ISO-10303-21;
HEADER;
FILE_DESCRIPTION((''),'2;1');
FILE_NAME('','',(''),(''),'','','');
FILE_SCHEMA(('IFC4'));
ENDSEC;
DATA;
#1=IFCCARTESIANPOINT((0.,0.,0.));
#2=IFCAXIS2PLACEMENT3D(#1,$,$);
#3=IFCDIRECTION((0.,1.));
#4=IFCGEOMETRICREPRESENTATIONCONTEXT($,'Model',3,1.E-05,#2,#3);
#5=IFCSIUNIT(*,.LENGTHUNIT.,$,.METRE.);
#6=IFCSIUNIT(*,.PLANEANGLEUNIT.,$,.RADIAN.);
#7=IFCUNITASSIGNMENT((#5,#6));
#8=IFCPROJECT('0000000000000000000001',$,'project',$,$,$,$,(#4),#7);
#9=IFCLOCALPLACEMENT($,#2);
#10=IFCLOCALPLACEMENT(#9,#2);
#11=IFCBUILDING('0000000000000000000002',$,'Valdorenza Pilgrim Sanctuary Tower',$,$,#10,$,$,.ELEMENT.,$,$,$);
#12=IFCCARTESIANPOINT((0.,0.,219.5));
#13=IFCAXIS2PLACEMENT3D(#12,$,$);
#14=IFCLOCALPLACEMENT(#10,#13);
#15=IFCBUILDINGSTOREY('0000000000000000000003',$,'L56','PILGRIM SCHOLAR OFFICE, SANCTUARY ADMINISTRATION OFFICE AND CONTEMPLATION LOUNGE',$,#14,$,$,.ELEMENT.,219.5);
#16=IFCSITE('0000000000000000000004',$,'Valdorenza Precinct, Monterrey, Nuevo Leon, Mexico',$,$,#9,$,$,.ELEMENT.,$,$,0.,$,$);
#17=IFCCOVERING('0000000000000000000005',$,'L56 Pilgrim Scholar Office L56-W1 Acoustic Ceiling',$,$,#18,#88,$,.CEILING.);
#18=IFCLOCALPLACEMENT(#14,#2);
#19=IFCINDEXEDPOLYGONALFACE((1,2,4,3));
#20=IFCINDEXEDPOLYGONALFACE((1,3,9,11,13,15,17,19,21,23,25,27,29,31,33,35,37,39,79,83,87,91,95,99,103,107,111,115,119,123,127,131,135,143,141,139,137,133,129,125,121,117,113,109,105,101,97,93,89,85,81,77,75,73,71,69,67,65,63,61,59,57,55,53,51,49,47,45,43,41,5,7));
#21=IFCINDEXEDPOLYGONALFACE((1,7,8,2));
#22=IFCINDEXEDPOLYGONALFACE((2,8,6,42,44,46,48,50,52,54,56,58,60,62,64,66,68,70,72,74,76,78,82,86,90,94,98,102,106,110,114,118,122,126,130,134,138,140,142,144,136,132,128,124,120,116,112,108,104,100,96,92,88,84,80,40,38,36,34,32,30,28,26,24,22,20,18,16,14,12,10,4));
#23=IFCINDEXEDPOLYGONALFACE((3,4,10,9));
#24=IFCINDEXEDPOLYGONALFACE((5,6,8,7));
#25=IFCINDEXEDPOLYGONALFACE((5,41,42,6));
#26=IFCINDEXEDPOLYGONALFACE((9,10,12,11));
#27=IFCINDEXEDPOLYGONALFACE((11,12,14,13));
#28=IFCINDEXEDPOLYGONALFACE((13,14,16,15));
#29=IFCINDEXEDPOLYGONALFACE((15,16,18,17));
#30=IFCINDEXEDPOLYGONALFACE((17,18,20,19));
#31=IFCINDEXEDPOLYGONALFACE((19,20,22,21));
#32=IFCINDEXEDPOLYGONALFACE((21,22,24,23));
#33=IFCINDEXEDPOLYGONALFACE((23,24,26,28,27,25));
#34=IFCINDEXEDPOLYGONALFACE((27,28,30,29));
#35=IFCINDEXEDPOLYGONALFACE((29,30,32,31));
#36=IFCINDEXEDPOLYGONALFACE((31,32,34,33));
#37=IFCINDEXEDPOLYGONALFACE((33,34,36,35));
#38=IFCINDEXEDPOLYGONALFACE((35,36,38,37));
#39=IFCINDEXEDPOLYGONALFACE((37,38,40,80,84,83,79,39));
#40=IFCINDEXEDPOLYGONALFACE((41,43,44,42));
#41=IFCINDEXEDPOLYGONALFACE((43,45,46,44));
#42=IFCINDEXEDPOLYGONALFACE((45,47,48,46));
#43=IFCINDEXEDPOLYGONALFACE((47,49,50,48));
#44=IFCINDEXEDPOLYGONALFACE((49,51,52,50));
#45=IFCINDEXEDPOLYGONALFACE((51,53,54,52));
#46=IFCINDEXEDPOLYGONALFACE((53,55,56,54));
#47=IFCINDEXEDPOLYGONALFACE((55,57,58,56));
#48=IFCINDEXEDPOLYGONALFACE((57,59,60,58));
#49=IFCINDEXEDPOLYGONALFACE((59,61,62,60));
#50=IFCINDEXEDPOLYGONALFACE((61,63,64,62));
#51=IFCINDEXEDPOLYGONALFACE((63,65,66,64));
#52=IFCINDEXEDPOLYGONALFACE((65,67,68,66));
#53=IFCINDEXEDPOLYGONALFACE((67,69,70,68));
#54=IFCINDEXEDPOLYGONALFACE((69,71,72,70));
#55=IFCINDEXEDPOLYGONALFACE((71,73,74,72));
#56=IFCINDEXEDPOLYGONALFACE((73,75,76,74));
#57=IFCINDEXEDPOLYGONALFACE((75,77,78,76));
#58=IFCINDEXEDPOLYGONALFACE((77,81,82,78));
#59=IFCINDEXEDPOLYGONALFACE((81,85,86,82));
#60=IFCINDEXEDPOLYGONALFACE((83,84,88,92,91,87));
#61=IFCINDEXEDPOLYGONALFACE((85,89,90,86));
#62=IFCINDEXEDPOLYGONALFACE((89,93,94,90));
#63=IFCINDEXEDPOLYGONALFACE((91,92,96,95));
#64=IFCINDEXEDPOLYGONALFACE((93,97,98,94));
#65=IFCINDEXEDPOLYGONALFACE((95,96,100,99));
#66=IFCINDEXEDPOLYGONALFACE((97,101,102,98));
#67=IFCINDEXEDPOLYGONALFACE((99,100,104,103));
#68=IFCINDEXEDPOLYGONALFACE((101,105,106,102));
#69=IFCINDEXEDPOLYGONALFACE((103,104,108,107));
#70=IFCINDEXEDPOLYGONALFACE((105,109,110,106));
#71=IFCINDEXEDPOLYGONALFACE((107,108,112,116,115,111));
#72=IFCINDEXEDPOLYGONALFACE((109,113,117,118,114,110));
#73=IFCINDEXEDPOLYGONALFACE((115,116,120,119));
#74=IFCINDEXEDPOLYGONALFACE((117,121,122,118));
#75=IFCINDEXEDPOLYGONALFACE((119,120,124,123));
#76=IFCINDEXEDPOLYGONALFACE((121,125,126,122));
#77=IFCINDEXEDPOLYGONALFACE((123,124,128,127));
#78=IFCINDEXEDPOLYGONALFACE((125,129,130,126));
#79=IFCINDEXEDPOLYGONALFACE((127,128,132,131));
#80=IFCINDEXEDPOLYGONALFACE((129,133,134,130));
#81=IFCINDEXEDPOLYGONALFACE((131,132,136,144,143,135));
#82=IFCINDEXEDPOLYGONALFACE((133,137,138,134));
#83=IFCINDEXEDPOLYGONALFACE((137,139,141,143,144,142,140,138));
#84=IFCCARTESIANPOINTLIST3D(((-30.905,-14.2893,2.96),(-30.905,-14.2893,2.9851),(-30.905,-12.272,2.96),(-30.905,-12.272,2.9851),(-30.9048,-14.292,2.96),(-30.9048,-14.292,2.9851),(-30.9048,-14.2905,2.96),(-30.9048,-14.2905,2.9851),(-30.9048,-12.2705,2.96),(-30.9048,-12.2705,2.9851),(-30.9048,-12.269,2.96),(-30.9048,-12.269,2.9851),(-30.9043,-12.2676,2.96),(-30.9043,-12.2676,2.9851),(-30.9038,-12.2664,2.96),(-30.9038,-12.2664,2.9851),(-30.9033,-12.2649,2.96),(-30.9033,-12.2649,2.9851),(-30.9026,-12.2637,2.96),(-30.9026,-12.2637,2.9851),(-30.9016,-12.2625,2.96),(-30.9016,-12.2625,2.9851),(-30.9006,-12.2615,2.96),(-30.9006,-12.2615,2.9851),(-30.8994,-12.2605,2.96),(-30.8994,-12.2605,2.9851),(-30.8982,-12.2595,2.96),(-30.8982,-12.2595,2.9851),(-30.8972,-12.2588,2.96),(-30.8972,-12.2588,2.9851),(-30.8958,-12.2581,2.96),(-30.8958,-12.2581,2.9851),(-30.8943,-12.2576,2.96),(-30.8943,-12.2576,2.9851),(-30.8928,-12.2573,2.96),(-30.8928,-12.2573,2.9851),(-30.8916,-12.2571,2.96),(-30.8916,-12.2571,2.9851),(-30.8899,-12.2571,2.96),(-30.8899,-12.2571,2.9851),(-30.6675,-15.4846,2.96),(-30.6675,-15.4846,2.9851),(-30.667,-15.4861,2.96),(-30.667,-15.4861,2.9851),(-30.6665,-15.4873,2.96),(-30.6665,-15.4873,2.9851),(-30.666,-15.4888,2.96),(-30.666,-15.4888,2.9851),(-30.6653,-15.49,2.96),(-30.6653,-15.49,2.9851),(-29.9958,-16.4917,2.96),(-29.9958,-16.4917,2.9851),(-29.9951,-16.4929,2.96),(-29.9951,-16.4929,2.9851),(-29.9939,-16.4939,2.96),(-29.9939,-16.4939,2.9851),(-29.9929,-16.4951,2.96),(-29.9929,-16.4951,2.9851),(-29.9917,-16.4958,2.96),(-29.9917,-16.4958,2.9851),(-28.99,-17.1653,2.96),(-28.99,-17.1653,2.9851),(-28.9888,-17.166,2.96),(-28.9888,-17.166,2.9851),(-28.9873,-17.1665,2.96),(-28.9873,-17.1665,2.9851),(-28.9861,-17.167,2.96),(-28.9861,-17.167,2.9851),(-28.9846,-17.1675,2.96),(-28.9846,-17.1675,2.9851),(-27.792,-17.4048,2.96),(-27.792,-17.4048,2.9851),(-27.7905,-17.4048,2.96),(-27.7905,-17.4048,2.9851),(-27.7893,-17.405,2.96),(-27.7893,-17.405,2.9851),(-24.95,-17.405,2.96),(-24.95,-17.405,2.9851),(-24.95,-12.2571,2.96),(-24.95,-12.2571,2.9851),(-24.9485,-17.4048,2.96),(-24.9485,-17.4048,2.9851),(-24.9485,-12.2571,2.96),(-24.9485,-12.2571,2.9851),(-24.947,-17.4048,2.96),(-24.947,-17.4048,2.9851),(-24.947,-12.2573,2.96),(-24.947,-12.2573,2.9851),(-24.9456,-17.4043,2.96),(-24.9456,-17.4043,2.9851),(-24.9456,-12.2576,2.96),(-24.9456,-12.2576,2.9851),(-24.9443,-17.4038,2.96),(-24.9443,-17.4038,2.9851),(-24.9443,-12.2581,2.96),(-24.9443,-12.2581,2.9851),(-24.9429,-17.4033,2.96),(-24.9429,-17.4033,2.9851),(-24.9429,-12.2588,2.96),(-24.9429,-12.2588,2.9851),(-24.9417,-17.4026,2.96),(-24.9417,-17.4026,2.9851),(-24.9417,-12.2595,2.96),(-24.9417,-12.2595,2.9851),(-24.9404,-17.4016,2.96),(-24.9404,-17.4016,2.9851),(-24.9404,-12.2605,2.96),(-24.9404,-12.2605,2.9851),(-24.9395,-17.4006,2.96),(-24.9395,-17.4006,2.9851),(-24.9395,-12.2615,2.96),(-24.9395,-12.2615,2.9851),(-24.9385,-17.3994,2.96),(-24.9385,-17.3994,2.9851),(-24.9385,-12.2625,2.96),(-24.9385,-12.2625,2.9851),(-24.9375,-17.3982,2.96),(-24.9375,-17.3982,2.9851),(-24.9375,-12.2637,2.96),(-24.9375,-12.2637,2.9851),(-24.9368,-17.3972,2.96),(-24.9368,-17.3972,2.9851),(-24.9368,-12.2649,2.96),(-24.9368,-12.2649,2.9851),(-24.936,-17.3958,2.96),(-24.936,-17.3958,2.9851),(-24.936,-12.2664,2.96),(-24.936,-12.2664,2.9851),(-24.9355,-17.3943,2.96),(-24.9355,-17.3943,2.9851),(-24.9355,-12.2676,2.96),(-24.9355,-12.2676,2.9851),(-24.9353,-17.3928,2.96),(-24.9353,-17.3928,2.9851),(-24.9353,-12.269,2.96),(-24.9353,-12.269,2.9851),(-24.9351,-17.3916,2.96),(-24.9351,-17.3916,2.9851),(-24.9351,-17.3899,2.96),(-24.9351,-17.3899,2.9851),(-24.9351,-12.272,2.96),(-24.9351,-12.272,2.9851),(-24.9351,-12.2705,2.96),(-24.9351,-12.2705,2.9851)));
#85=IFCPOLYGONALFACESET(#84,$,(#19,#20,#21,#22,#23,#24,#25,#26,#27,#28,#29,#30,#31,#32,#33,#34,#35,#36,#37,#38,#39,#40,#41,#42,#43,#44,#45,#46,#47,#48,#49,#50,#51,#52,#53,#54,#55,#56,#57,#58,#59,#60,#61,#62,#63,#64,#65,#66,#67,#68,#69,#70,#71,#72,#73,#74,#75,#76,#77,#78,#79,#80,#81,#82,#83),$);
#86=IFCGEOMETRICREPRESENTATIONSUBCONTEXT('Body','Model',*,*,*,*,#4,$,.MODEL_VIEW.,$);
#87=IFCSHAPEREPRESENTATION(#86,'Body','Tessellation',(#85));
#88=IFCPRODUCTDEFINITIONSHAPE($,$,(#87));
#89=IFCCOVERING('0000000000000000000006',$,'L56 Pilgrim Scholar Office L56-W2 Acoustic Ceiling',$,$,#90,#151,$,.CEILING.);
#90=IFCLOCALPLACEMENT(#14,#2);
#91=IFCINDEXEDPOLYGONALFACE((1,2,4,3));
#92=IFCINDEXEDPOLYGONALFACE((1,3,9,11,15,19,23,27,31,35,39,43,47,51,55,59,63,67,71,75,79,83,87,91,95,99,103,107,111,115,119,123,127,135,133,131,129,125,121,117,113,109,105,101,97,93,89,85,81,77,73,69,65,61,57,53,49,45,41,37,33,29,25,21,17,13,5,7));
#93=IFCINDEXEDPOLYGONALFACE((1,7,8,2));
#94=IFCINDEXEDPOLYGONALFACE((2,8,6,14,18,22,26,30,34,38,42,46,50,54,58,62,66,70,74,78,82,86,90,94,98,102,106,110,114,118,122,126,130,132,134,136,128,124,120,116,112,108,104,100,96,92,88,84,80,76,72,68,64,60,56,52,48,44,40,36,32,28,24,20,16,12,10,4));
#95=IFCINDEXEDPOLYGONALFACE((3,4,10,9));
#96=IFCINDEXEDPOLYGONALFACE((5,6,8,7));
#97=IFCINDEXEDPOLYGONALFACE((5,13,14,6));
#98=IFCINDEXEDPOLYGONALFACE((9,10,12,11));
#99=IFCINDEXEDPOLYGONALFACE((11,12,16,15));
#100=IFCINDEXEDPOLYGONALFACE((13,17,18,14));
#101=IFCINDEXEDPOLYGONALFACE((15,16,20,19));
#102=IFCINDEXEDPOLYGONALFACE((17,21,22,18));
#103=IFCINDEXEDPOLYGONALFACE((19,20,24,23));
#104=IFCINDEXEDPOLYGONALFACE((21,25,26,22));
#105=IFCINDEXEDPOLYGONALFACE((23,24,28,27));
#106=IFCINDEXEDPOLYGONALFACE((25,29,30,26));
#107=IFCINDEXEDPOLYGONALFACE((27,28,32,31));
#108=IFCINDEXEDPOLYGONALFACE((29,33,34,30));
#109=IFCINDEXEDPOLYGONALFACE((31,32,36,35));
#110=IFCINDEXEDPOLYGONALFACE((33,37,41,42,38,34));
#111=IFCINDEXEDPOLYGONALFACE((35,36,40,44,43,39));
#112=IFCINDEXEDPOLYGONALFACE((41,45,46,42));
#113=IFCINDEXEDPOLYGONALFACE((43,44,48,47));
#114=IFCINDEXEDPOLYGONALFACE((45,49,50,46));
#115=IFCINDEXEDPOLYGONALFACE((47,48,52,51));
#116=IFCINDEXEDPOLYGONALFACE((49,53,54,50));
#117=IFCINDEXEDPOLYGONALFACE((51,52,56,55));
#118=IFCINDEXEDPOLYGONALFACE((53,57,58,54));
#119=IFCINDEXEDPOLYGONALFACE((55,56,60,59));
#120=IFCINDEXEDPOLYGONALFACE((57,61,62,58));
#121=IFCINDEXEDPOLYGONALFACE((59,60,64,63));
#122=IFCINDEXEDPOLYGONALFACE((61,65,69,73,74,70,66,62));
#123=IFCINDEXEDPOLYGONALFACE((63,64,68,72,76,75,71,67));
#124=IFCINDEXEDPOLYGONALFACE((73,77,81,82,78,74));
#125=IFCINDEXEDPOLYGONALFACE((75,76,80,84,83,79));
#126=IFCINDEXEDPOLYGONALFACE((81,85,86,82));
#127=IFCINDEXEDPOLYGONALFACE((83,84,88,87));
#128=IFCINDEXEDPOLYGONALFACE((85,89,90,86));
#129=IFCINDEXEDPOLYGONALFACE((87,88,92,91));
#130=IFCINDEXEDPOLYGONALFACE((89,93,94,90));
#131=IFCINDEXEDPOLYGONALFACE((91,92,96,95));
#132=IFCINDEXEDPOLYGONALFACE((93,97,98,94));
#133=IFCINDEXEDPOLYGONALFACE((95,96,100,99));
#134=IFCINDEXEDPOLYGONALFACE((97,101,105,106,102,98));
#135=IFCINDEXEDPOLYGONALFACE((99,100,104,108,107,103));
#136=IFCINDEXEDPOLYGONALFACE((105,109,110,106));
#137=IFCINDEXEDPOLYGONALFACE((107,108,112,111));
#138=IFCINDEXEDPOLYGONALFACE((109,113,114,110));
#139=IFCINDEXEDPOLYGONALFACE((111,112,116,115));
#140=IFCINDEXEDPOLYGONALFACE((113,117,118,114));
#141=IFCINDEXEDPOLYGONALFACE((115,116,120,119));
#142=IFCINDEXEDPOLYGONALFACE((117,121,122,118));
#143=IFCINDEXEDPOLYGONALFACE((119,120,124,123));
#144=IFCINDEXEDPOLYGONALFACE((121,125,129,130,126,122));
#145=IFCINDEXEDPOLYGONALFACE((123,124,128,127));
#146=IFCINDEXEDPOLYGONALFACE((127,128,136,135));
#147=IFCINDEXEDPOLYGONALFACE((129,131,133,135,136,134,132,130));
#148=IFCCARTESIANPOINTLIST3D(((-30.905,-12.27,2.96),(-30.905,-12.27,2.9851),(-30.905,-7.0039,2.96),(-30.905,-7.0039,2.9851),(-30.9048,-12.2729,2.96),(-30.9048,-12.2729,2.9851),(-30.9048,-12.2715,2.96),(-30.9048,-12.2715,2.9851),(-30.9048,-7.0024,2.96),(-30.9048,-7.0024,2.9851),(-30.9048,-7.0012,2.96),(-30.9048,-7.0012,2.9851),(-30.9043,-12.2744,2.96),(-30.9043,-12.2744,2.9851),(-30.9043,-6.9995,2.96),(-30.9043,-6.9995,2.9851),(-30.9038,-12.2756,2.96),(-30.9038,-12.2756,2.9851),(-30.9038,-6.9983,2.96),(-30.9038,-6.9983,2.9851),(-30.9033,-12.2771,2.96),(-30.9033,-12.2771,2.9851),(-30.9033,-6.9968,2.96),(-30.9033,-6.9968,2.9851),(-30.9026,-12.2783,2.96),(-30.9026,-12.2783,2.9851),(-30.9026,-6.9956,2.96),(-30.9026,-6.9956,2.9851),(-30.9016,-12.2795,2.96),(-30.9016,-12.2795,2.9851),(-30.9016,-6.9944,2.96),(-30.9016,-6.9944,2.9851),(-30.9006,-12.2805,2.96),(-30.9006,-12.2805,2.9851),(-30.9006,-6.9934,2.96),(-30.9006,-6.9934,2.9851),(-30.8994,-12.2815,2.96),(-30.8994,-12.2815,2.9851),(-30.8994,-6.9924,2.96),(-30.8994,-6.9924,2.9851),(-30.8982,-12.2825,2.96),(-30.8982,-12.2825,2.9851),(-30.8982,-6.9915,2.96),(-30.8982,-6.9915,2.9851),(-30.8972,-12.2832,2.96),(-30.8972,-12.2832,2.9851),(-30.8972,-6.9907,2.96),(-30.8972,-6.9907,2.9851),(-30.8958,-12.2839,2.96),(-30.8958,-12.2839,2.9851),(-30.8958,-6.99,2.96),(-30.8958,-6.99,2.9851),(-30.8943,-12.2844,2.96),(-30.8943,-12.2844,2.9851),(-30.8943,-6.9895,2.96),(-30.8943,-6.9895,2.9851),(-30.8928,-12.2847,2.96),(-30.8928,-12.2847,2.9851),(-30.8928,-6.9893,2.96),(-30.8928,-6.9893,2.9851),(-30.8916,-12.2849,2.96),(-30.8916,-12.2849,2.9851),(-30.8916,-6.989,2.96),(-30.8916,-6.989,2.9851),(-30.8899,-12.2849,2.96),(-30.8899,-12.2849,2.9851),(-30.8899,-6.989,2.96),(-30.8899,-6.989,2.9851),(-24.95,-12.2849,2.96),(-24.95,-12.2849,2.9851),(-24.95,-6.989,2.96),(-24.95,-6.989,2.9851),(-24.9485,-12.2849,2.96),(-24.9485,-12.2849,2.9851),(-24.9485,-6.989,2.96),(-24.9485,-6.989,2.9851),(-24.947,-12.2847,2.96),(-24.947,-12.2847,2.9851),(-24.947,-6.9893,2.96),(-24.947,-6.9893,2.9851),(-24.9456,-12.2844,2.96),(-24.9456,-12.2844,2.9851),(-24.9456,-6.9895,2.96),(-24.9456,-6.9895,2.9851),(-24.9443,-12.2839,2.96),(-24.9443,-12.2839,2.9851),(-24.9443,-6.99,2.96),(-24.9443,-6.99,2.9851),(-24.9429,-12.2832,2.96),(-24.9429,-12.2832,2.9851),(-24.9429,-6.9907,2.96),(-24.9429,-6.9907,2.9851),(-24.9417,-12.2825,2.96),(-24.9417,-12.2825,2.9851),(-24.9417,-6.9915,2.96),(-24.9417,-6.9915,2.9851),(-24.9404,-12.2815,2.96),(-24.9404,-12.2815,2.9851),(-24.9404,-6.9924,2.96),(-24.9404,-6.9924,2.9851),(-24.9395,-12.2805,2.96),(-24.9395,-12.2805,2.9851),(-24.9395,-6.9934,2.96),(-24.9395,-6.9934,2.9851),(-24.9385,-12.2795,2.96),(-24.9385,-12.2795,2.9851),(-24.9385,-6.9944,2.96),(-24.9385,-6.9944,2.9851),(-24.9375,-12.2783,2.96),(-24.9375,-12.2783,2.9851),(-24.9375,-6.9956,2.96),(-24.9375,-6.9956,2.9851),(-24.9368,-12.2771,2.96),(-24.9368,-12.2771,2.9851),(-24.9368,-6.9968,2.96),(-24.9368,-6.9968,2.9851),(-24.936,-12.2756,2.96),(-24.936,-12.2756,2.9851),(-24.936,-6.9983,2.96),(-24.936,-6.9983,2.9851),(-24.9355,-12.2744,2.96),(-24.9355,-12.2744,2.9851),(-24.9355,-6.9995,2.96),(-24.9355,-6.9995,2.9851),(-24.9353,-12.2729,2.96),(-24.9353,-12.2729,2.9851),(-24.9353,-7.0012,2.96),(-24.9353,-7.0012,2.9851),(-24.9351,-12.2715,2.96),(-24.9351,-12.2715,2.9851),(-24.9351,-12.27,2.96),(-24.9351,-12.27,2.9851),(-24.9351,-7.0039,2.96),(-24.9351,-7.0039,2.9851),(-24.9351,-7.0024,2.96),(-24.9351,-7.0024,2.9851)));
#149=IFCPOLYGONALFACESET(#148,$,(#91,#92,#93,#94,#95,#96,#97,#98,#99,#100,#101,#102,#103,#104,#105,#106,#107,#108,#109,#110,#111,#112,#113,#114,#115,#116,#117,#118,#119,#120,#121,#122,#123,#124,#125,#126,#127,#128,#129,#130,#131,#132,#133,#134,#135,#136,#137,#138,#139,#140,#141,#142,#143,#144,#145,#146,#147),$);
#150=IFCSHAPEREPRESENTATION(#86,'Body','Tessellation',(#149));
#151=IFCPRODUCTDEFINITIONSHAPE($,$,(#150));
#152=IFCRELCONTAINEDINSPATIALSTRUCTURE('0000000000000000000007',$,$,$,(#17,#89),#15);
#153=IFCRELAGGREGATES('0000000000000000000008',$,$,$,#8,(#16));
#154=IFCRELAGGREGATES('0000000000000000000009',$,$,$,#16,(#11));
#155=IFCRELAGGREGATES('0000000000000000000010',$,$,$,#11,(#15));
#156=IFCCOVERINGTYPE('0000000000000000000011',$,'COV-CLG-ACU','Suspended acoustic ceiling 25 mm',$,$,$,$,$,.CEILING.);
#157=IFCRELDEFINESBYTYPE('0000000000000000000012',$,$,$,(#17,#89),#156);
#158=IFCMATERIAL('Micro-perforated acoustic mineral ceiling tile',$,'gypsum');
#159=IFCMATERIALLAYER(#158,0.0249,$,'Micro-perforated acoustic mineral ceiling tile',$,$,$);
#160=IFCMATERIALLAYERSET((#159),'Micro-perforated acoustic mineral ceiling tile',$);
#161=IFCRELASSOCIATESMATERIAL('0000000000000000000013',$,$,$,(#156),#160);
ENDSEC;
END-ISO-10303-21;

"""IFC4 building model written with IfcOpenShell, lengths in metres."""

from ifc_helpers import new_model, si_unit, direction, frame, origin, place, context, subcontext, project, spatial, polyline, outline, extrude, material, layer, layer_set, type_object, element, save


model = new_model("IFC4")

# Units and contexts
model_context = context("Model", 3, precision=1e-05, world=origin(), true_north=direction((0.0, 1.0)))
body_context = subcontext(model_context, "Body", "Model", "MODEL_VIEW")
ifc_project = project(units=[si_unit("LENGTHUNIT", "METRE"), si_unit("PLANEANGLEUNIT", "RADIAN")], contexts=[model_context])

# Site, building, storey
site_placement = place(None, origin())
site = spatial("IfcSite", under=ifc_project, at=site_placement, Name="Valdorenza Precinct, Monterrey, Nuevo Leon, Mexico", CompositionType="ELEMENT", RefElevation=0.0)
building_placement = place(site_placement, origin())
building = spatial("IfcBuilding", under=site, at=building_placement, Name="Valdorenza Pilgrim Sanctuary Tower", CompositionType="ELEMENT")
storey_placement = place(building_placement, frame((0.0, 0.0, 219.5)))
storey = spatial("IfcBuildingStorey", under=building, at=storey_placement, Name="L56", Description="PILGRIM SCHOLAR OFFICE, SANCTUARY ADMINISTRATION OFFICE AND CONTEMPLATION LOUNGE", CompositionType="ELEMENT", Elevation=219.5)

# Coverings
ifc_material_1 = material(Name="Micro-perforated acoustic mineral ceiling tile", Category="gypsum")
ifc_layer_1 = layer(ifc_material_1, 0.0249, Name="Micro-perforated acoustic mineral ceiling tile")
ifc_layer_set_1 = layer_set([ifc_layer_1], Name="Micro-perforated acoustic mineral ceiling tile")
covering_type_1 = type_object("IfcCoveringType", Name="COV-CLG-ACU", Description="Suspended acoustic ceiling 25 mm", PredefinedType="CEILING", material=ifc_layer_set_1)
covering_1_placement = place(storey_placement, frame((0.0, 0.0, 2.96)))
element("IfcCovering", 1, at=covering_1_placement, inside=storey, type_object=covering_type_1, Name="L56 Pilgrim Scholar Office L56-W1 Acoustic Ceiling", PredefinedType="CEILING", context=body_context, shape_type="SweptSolid", body=[
    extrude(outline(polyline([(-24.9351, -17.3899), (-24.9351, -17.3916), (-24.9353, -17.3928), (-24.9355, -17.3943), (-24.936, -17.3958), (-24.9368, -17.3972), (-24.9375, -17.3982), (-24.9385, -17.3994), (-24.9395, -17.4006), (-24.9404, -17.4016), (-24.9417, -17.4026), (-24.9429, -17.4033), (-24.9443, -17.4038), (-24.9456, -17.4043), (-24.947, -17.4048), (-24.9485, -17.4048), (-24.95, -17.405), (-27.7893, -17.405), (-27.7905, -17.4048), (-27.792, -17.4048), (-28.9846, -17.1675), (-28.9861, -17.167), (-28.9873, -17.1665), (-28.9888, -17.166), (-28.99, -17.1653), (-29.9917, -16.4958), (-29.9929, -16.4951), (-29.9939, -16.4939), (-29.9951, -16.4929), (-29.9958, -16.4917), (-30.6653, -15.49), (-30.666, -15.4888), (-30.6665, -15.4873), (-30.667, -15.4861), (-30.6675, -15.4846), (-30.9048, -14.292), (-30.9048, -14.2905), (-30.905, -14.2893), (-30.905, -12.272), (-30.9048, -12.2705), (-30.9048, -12.269), (-30.9043, -12.2676), (-30.9038, -12.2664), (-30.9033, -12.2649), (-30.9026, -12.2637), (-30.9016, -12.2625), (-30.9006, -12.2615), (-30.8994, -12.2605), (-30.8982, -12.2595), (-30.8972, -12.2588), (-30.8958, -12.2581), (-30.8943, -12.2576), (-30.8928, -12.2573), (-30.8916, -12.2571), (-30.8899, -12.2571), (-24.95, -12.2571), (-24.9485, -12.2571), (-24.947, -12.2573), (-24.9456, -12.2576), (-24.9443, -12.2581), (-24.9429, -12.2588), (-24.9417, -12.2595), (-24.9404, -12.2605), (-24.9395, -12.2615), (-24.9385, -12.2625), (-24.9375, -12.2637), (-24.9368, -12.2649), (-24.936, -12.2664), (-24.9355, -12.2676), (-24.9353, -12.269), (-24.9351, -12.2705), (-24.9351, -12.272), (-24.9351, -17.3899)])), origin(), (0.0, 0.0, 1.0), 0.0251),
])
covering_2_placement = place(storey_placement, frame((0.0, 0.0, 2.96)))
element("IfcCovering", 2, at=covering_2_placement, inside=storey, type_object=covering_type_1, Name="L56 Pilgrim Scholar Office L56-W2 Acoustic Ceiling", PredefinedType="CEILING", context=body_context, shape_type="SweptSolid", body=[
    extrude(outline(polyline([(-24.9351, -12.27), (-24.9351, -12.2715), (-24.9353, -12.2729), (-24.9355, -12.2744), (-24.936, -12.2756), (-24.9368, -12.2771), (-24.9375, -12.2783), (-24.9385, -12.2795), (-24.9395, -12.2805), (-24.9404, -12.2815), (-24.9417, -12.2825), (-24.9429, -12.2832), (-24.9443, -12.2839), (-24.9456, -12.2844), (-24.947, -12.2847), (-24.9485, -12.2849), (-24.95, -12.2849), (-30.8899, -12.2849), (-30.8916, -12.2849), (-30.8928, -12.2847), (-30.8943, -12.2844), (-30.8958, -12.2839), (-30.8972, -12.2832), (-30.8982, -12.2825), (-30.8994, -12.2815), (-30.9006, -12.2805), (-30.9016, -12.2795), (-30.9026, -12.2783), (-30.9033, -12.2771), (-30.9038, -12.2756), (-30.9043, -12.2744), (-30.9048, -12.2729), (-30.9048, -12.2715), (-30.905, -12.27), (-30.905, -7.0039), (-30.9048, -7.0024), (-30.9048, -7.0012), (-30.9043, -6.9995), (-30.9038, -6.9983), (-30.9033, -6.9968), (-30.9026, -6.9956), (-30.9016, -6.9944), (-30.9006, -6.9934), (-30.8994, -6.9924), (-30.8982, -6.9915), (-30.8972, -6.9907), (-30.8958, -6.99), (-30.8943, -6.9895), (-30.8928, -6.9893), (-30.8916, -6.989), (-30.8899, -6.989), (-24.95, -6.989), (-24.9485, -6.989), (-24.947, -6.9893), (-24.9456, -6.9895), (-24.9443, -6.99), (-24.9429, -6.9907), (-24.9417, -6.9915), (-24.9404, -6.9924), (-24.9395, -6.9934), (-24.9385, -6.9944), (-24.9375, -6.9956), (-24.9368, -6.9968), (-24.936, -6.9983), (-24.9355, -6.9995), (-24.9353, -7.0012), (-24.9351, -7.0024), (-24.9351, -7.0039), (-24.9351, -12.27)])), origin(), (0.0, 0.0, 1.0), 0.0251),
])

save(model, "model.ifc")
